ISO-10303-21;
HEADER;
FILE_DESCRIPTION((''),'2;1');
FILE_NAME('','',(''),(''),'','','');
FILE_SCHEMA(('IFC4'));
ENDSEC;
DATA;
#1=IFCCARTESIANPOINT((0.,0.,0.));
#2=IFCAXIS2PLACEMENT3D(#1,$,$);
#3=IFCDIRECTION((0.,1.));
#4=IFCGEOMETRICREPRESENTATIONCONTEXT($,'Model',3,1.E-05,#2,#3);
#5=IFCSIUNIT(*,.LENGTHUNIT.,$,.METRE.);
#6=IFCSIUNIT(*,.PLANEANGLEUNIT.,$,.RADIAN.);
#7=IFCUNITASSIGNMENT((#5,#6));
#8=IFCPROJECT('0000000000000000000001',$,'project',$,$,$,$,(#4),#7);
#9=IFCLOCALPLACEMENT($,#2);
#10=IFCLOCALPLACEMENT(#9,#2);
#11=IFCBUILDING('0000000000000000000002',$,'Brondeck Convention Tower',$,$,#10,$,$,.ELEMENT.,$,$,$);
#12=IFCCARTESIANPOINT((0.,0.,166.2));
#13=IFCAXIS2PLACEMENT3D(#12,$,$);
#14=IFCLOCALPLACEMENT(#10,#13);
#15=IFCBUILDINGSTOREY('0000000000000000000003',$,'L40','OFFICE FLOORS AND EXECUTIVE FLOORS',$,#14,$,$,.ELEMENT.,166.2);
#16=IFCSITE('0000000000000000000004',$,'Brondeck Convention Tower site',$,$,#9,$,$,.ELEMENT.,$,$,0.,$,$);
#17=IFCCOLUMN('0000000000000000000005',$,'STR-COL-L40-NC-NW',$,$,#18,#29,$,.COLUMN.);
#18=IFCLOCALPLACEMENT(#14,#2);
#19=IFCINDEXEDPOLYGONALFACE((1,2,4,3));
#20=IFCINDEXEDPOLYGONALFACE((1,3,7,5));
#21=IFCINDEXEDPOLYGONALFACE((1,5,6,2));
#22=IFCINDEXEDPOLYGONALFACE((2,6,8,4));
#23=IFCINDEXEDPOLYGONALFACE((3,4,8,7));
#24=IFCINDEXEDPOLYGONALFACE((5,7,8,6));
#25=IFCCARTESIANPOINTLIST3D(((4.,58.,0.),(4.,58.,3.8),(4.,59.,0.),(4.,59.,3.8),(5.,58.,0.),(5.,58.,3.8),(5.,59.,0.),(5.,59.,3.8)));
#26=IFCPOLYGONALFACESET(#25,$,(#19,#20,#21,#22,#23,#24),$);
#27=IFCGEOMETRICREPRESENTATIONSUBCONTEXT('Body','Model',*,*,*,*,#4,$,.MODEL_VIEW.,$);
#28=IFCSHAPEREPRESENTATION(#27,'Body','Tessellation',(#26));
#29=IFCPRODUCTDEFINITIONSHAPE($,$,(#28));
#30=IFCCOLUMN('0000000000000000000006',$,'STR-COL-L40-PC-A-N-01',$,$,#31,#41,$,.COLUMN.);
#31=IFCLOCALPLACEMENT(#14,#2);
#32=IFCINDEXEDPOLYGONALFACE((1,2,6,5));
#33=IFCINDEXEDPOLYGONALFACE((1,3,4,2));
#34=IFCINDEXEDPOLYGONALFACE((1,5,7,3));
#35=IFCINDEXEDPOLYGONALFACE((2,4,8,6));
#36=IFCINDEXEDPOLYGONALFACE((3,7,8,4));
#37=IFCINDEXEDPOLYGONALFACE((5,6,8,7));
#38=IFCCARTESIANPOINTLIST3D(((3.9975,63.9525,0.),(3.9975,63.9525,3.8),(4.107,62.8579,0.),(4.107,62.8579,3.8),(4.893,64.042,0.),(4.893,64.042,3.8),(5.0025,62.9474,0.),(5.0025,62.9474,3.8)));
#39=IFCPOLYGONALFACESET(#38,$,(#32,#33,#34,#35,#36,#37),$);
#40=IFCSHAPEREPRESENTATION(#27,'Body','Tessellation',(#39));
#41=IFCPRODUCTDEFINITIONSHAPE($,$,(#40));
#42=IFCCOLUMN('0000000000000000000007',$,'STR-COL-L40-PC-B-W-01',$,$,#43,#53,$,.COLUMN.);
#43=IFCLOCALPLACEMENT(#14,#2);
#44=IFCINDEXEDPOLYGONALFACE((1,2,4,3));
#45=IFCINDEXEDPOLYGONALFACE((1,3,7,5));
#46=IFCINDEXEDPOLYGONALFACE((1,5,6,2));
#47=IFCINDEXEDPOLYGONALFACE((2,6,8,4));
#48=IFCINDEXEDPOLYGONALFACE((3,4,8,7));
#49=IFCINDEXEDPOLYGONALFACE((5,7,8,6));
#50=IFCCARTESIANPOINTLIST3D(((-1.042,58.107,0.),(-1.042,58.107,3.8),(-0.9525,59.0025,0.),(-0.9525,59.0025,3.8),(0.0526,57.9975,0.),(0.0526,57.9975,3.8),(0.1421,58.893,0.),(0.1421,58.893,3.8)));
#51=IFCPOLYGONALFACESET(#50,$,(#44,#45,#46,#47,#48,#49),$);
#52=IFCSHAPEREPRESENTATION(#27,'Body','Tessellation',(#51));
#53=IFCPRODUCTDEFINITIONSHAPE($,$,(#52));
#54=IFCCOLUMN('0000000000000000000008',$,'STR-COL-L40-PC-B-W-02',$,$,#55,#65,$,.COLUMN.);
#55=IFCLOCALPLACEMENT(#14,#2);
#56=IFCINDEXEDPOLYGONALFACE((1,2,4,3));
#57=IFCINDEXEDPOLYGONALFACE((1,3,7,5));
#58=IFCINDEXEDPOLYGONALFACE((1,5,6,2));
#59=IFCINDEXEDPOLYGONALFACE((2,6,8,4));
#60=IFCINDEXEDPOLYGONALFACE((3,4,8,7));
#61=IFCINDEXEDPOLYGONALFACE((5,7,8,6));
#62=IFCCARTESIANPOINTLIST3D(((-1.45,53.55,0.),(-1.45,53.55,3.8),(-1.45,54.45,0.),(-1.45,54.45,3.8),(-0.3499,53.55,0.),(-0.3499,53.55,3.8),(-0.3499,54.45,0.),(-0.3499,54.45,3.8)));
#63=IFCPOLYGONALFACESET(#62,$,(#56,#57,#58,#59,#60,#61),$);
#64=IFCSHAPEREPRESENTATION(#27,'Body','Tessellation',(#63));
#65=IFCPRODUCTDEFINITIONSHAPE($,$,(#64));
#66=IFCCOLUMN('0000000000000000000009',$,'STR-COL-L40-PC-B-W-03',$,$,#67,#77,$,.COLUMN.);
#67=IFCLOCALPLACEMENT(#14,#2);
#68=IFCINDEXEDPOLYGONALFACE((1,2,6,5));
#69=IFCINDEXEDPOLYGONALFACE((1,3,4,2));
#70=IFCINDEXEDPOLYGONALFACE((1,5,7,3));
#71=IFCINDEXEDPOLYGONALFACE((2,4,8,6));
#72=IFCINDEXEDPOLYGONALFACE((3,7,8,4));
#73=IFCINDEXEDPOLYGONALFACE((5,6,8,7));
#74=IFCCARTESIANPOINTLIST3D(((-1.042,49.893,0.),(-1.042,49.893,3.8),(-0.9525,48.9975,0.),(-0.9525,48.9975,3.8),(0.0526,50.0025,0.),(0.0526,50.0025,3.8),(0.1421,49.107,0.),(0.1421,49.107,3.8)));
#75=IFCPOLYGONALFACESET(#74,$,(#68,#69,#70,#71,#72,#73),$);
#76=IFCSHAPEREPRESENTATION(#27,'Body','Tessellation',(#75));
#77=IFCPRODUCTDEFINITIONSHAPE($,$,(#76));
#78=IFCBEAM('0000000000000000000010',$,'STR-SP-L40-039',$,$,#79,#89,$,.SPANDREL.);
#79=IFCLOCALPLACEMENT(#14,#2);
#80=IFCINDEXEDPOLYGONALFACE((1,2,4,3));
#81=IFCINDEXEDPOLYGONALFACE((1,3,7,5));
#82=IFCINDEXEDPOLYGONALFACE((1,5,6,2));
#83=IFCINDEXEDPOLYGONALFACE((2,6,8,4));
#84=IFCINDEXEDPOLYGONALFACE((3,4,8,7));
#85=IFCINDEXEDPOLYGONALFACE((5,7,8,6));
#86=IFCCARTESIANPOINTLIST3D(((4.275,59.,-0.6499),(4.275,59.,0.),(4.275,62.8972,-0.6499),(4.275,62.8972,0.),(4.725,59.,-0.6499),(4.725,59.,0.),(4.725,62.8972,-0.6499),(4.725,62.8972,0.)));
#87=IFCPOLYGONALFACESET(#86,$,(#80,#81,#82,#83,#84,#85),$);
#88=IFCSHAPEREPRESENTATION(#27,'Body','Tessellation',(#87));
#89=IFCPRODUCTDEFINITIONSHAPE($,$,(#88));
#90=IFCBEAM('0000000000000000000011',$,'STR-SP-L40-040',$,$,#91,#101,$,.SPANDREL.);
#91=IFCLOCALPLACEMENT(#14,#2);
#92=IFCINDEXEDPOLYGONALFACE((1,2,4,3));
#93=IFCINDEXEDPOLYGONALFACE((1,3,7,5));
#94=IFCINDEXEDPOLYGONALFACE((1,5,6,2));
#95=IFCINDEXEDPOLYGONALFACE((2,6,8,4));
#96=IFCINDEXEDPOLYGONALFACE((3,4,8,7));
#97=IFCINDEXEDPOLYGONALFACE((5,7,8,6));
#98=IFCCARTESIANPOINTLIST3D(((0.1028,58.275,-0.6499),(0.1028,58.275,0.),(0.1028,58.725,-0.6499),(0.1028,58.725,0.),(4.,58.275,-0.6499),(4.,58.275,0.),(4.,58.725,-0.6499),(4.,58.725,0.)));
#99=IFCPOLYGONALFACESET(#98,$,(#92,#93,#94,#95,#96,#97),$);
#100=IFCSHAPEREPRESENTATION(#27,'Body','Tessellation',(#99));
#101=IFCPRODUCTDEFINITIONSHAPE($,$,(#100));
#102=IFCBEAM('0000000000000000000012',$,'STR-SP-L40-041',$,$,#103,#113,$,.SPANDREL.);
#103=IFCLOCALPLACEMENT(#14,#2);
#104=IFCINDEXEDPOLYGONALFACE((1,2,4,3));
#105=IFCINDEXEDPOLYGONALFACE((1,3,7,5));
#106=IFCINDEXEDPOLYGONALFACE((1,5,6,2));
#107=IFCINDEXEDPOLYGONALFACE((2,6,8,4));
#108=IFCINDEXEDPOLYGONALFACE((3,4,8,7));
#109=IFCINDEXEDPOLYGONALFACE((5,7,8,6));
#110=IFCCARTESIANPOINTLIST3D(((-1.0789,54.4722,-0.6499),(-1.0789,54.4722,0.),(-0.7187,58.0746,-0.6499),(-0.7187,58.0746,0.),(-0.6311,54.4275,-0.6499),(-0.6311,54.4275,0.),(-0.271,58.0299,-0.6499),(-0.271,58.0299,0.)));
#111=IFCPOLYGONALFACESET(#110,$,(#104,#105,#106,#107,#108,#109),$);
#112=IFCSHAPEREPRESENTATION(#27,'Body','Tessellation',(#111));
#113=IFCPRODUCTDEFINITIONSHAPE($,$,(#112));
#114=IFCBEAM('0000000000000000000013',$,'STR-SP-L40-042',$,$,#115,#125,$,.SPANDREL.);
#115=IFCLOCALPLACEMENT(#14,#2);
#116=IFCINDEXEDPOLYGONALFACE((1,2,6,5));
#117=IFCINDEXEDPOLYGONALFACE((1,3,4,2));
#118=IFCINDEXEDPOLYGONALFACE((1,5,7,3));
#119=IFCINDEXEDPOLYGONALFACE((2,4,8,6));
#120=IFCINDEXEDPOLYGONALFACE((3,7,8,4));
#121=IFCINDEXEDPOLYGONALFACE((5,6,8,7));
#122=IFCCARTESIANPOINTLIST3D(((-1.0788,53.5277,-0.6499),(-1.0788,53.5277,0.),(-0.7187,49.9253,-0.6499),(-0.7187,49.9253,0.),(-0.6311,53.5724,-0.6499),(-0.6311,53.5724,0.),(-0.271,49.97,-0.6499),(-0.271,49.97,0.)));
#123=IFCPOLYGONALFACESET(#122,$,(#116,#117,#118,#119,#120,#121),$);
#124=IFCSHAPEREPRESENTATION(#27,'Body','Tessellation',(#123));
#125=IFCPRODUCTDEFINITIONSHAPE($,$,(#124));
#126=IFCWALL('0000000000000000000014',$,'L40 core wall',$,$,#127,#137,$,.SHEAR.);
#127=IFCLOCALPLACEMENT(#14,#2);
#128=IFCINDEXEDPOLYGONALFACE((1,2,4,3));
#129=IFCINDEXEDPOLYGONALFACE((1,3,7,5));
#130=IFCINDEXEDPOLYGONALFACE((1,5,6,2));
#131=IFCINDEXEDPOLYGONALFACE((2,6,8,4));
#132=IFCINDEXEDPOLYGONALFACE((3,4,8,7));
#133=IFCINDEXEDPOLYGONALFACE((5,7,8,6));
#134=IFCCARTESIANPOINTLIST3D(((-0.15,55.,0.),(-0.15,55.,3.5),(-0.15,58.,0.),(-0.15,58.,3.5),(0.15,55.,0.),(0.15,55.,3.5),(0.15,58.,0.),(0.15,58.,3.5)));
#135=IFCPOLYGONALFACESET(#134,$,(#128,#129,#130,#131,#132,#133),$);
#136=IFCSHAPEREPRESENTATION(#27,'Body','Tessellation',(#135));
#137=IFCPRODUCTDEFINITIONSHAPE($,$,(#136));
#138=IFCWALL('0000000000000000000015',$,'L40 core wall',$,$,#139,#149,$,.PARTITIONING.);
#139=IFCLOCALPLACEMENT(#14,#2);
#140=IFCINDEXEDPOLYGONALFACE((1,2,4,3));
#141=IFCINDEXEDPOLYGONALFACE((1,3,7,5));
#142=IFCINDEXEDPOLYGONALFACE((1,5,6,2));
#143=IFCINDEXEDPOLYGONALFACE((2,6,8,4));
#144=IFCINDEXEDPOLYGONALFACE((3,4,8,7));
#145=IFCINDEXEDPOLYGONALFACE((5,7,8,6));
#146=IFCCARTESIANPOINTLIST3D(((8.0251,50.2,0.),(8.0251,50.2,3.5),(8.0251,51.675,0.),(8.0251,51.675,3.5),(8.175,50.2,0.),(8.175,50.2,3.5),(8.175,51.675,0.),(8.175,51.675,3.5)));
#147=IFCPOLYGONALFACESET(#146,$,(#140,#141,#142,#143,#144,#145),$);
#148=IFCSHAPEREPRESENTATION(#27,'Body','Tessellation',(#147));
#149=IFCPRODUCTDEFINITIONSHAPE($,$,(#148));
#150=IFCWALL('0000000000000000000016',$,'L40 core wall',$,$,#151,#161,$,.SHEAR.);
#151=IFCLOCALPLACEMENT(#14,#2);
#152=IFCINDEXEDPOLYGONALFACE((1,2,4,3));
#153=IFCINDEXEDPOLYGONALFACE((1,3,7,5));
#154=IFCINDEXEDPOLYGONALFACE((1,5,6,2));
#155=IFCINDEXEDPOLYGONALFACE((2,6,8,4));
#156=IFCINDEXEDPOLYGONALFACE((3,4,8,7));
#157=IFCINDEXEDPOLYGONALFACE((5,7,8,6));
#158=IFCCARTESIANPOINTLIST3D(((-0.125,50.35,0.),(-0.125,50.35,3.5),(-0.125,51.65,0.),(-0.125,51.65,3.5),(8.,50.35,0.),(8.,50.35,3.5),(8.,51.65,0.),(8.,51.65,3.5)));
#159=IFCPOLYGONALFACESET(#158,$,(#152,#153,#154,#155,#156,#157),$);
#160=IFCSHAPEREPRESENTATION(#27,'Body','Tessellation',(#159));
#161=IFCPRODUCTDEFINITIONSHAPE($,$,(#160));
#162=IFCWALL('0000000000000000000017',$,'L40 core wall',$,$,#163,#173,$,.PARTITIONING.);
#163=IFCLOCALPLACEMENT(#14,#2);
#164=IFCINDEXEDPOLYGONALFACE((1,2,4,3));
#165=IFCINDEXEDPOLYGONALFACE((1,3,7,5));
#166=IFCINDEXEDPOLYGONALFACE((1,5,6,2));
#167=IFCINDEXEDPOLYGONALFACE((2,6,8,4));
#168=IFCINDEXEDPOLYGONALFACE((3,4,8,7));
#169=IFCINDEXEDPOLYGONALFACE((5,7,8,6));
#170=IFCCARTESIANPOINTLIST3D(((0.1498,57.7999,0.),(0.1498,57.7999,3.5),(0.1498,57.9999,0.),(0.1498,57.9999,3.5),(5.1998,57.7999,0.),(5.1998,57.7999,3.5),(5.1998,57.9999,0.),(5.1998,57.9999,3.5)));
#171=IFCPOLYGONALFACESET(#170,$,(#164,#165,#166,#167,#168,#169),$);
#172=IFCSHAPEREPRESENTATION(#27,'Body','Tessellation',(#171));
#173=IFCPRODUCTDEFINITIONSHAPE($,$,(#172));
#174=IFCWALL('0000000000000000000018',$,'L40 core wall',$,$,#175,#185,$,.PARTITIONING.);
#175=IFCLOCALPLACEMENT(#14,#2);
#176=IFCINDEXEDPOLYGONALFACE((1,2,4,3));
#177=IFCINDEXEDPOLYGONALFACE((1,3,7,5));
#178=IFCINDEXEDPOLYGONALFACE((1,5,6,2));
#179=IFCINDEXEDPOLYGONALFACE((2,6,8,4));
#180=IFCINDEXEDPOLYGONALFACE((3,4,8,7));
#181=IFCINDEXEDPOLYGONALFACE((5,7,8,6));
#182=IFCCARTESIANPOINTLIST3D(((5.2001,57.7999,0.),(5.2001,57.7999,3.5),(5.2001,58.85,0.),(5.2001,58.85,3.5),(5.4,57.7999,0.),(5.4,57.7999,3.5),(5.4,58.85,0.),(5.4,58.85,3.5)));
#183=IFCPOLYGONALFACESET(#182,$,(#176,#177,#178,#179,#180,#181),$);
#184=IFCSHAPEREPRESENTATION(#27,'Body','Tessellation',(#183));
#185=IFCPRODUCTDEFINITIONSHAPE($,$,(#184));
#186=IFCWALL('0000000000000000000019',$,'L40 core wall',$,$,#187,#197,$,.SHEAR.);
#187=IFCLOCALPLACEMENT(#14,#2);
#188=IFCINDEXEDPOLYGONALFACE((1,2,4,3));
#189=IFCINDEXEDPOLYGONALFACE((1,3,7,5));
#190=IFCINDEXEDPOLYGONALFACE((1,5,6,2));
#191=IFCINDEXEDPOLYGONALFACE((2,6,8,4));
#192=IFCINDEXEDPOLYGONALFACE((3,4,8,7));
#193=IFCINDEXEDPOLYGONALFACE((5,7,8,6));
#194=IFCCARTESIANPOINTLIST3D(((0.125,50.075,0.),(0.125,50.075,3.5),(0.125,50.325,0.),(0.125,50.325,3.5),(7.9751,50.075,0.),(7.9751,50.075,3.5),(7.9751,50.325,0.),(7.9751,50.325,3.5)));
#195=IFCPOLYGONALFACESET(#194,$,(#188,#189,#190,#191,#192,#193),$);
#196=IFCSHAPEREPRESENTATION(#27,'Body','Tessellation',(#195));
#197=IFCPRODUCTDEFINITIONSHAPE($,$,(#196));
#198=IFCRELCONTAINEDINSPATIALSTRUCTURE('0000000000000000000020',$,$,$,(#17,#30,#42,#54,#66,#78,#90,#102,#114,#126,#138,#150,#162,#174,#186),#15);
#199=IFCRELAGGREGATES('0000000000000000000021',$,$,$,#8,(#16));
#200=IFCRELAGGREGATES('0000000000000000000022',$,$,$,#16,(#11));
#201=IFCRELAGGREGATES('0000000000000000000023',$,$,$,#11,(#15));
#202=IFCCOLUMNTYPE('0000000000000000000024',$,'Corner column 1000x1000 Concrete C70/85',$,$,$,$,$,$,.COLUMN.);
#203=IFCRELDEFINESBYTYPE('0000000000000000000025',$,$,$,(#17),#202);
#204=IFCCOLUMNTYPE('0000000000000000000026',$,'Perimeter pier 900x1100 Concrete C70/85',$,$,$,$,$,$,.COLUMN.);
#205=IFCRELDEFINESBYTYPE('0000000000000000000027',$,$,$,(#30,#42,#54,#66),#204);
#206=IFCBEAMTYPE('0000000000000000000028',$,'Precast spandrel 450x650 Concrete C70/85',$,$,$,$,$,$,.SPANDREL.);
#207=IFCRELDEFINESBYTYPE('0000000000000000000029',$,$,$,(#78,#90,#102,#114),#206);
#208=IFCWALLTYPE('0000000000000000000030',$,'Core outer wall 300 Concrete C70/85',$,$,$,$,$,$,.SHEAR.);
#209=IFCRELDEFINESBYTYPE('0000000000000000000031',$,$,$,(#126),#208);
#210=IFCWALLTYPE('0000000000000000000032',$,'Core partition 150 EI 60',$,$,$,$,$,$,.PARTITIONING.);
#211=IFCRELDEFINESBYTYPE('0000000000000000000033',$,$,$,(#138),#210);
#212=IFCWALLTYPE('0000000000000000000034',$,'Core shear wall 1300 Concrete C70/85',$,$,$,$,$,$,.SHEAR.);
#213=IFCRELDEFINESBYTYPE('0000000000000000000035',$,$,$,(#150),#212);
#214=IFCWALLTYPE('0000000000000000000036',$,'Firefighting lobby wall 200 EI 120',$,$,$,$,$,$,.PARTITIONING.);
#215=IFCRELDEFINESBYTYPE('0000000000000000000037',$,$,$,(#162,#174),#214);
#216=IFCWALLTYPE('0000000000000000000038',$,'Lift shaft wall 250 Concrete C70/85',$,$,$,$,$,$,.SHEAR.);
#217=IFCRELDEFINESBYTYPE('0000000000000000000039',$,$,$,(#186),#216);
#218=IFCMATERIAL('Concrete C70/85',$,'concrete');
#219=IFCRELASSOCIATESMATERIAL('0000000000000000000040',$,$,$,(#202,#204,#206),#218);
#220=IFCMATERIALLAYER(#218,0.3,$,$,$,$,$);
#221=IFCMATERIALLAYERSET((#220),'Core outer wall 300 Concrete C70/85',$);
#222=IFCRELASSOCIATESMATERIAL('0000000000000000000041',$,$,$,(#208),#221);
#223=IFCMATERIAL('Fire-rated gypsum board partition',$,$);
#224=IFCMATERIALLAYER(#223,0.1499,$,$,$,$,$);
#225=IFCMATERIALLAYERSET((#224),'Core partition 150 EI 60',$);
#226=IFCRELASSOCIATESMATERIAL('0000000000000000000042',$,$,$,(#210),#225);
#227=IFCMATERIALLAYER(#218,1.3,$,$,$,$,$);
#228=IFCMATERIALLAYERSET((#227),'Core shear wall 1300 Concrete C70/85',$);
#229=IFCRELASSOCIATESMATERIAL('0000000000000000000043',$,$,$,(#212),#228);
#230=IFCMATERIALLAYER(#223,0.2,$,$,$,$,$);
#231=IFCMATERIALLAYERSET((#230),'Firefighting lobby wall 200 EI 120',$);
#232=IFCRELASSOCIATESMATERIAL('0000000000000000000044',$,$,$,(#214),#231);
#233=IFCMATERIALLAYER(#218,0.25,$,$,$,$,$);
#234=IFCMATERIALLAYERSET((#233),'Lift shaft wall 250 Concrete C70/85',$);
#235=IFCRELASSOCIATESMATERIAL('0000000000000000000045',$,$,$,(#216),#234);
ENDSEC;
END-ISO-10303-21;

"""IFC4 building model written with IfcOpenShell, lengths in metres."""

from ifc_helpers import new_model, si_unit, direction, frame, frame_2d, origin, origin_2d, place, context, subcontext, project, spatial, rectangle, extrude, material, layer, layer_set, material_profile, profile_set, type_object, element, save


model = new_model("IFC4")

# Units and contexts
model_context = context("Model", 3, precision=1e-05, world=origin(), true_north=direction((0.0, 1.0)))
body_context = subcontext(model_context, "Body", "Model", "MODEL_VIEW")
ifc_project = project(units=[si_unit("LENGTHUNIT", "METRE"), si_unit("PLANEANGLEUNIT", "RADIAN")], contexts=[model_context])

# Site, building, storey
site_placement = place(None, origin())
site = spatial("IfcSite", under=ifc_project, at=site_placement, Name="Brondeck Convention Tower site", CompositionType="ELEMENT", RefElevation=0.0)
building_placement = place(site_placement, origin())
building = spatial("IfcBuilding", under=site, at=building_placement, Name="Brondeck Convention Tower", CompositionType="ELEMENT")
storey_placement = place(building_placement, frame((0.0, 0.0, 166.2)))
storey = spatial("IfcBuildingStorey", under=building, at=storey_placement, Name="L40", Description="OFFICE FLOORS AND EXECUTIVE FLOORS", CompositionType="ELEMENT", Elevation=166.2)

# Columns
ifc_material_1 = material(Name="Concrete C70/85", Category="concrete")
ifc_material_profile_1 = material_profile(ifc_material_1, rectangle(XDim=1.0, YDim=1.0, at=origin_2d()), Name="Corner column 1000x1000 Concrete C70/85")
ifc_profile_set_1 = profile_set([ifc_material_profile_1], Name="Concrete C70/85")
column_type_1 = type_object("IfcColumnType", Name="Corner column 1000x1000 Concrete C70/85", PredefinedType="COLUMN", material=ifc_profile_set_1)
column_placement = place(storey_placement, frame((4.5, 58.5, 0.0), z_axis=(0.0, 0.0, 1.0), x_axis=(1.0, 0.0, 0.0)))
element("IfcColumn", 1, at=column_placement, inside=storey, type_object=column_type_1, Name="STR-COL-L40-NC-NW", PredefinedType="COLUMN", context=body_context, shape_type="SweptSolid", body=[
    extrude(rectangle(XDim=1.0, YDim=1.0, at=origin_2d()), origin(), (0.0, 0.0, 1.0), 3.8),
])
ifc_material_profile_2 = material_profile(ifc_material_1, rectangle(XDim=0.8999, YDim=1.1001, at=origin_2d()), Name="Perimeter pier 900x1100 Concrete C70/85")
ifc_profile_set_2 = profile_set([ifc_material_profile_2], Name="Concrete C70/85")
column_type_2 = type_object("IfcColumnType", Name="Perimeter pier 900x1100 Concrete C70/85", PredefinedType="COLUMN", material=ifc_profile_set_2)
for number, where, z_axis, x_axis, name in (
    (2, (4.5, 63.45, 0.0), (0.0, 0.0, 1.0), (-0.995037, -0.099504, 0.0), "STR-COL-L40-PC-A-N-01"),
    (3, (-0.45, 58.5, 0.0), (0.0, 0.0, 1.0), (-0.099504, -0.995037, 0.0), "STR-COL-L40-PC-B-W-01"),
    (4, (-0.8999, 54.0, 0.0), (0.0, 0.0, 1.0), (0.0, -1.0, 0.0), "STR-COL-L40-PC-B-W-02"),
    (5, (-0.45, 49.5, 0.0), (0.0, 0.0, 1.0), (0.099504, -0.995037, 0.0), "STR-COL-L40-PC-B-W-03"),
):
    element("IfcColumn", number, at=place(storey_placement, frame(where, z_axis=z_axis, x_axis=x_axis)), inside=storey, type_object=column_type_2, Name=name, PredefinedType="COLUMN", context=body_context, shape_type="SweptSolid", body=[
        extrude(rectangle(XDim=0.8999, YDim=1.1001, at=origin_2d()), origin(), (0.0, 0.0, 1.0), 3.8),
    ])

# Beams
ifc_material_profile_3 = material_profile(ifc_material_1, rectangle(XDim=0.45, YDim=0.6499, at=origin_2d()), Name="Precast spandrel 450x650 Concrete C70/85")
ifc_profile_set_3 = profile_set([ifc_material_profile_3], Name="Concrete C70/85")
beam_type = type_object("IfcBeamType", Name="Precast spandrel 450x650 Concrete C70/85", PredefinedType="SPANDREL", material=ifc_profile_set_3)
for number, where, z_axis, x_axis, name in (
    (6, (4.5, 62.8972, -0.325), (0.0, -1.0, 0.0), (1.0, 0.0, 0.0), "STR-SP-L40-039"),
    (7, (4.0, 58.5, -0.325), (-1.0, 0.0, 0.0), (0.0, -1.0, 0.0), "STR-SP-L40-040"),
):
    element("IfcBeam", number, at=place(storey_placement, frame(where, z_axis=z_axis, x_axis=x_axis)), inside=storey, type_object=beam_type, Name=name, PredefinedType="SPANDREL", context=body_context, shape_type="SweptSolid", body=[
        extrude(rectangle(XDim=0.45, YDim=0.6499, at=origin_2d()), origin(), (0.0, 0.0, 1.0), 3.8972),
    ])
for number, where, z_axis, x_axis, name in (
    (8, (-0.4949, 58.0522, -0.325), (-0.09947, -0.995041, 0.0), (0.995041, -0.09947, 0.0), "STR-SP-L40-041"),
    (9, (-0.855, 53.55, -0.325), (0.09947, -0.995041, 0.0), (0.995041, 0.09947, 0.0), "STR-SP-L40-042"),
):
    element("IfcBeam", number, at=place(storey_placement, frame(where, z_axis=z_axis, x_axis=x_axis)), inside=storey, type_object=beam_type, Name=name, PredefinedType="SPANDREL", context=body_context, shape_type="SweptSolid", body=[
        extrude(rectangle(XDim=0.45, YDim=0.6499, at=origin_2d()), origin(), (0.0, 0.0, 1.0), 3.6204),
    ])

# Walls
ifc_layer_1 = layer(ifc_material_1, 0.3)
ifc_layer_set_1 = layer_set([ifc_layer_1], Name="Core outer wall 300 Concrete C70/85")
wall_type_1 = type_object("IfcWallType", Name="Core outer wall 300 Concrete C70/85", PredefinedType="SHEAR", material=ifc_layer_set_1)
wall_1_placement = place(storey_placement, frame((0.0, 55.0, 0.0), z_axis=(0.0, 0.0, 1.0), x_axis=(0.0, 1.0, 0.0)))
element("IfcWall", 10, at=wall_1_placement, inside=storey, type_object=wall_type_1, Name="L40 core wall", PredefinedType="SHEAR", context=body_context, shape_type="SweptSolid", body=[
    extrude(rectangle(XDim=3.0, YDim=0.3, at=frame_2d((1.5, 0.0))), origin(), (0.0, 0.0, 1.0), 3.5),
])
ifc_material_2 = material(Name="Fire-rated gypsum board partition")
ifc_layer_2 = layer(ifc_material_2, 0.1499)
ifc_layer_set_2 = layer_set([ifc_layer_2], Name="Core partition 150 EI 60")
wall_type_2 = type_object("IfcWallType", Name="Core partition 150 EI 60", PredefinedType="PARTITIONING", material=ifc_layer_set_2)
wall_2_placement = place(storey_placement, frame((8.1001, 50.2, 0.0), z_axis=(0.0, 0.0, 1.0), x_axis=(0.0, 1.0, 0.0)))
element("IfcWall", 11, at=wall_2_placement, inside=storey, type_object=wall_type_2, Name="L40 core wall", PredefinedType="PARTITIONING", context=body_context, shape_type="SweptSolid", body=[
    extrude(rectangle(XDim=1.4751, YDim=0.1499, at=frame_2d((0.7375, 0.0))), origin(), (0.0, 0.0, 1.0), 3.5),
])
ifc_layer_3 = layer(ifc_material_1, 1.3)
ifc_layer_set_3 = layer_set([ifc_layer_3], Name="Core shear wall 1300 Concrete C70/85")
wall_type_3 = type_object("IfcWallType", Name="Core shear wall 1300 Concrete C70/85", PredefinedType="SHEAR", material=ifc_layer_set_3)
wall_3_placement = place(storey_placement, frame((-0.125, 51.0, 0.0), z_axis=(0.0, 0.0, 1.0), x_axis=(1.0, 0.0, 0.0)))
element("IfcWall", 12, at=wall_3_placement, inside=storey, type_object=wall_type_3, Name="L40 core wall", PredefinedType="SHEAR", context=body_context, shape_type="SweptSolid", body=[
    extrude(rectangle(XDim=8.125, YDim=1.3, at=frame_2d((4.0625, 0.0))), origin(), (0.0, 0.0, 1.0), 3.5),
])
ifc_layer_4 = layer(ifc_material_2, 0.2)
ifc_layer_set_4 = layer_set([ifc_layer_4], Name="Firefighting lobby wall 200 EI 120")
wall_type_4 = type_object("IfcWallType", Name="Firefighting lobby wall 200 EI 120", PredefinedType="PARTITIONING", material=ifc_layer_set_4)
wall_4_placement = place(storey_placement, frame((0.1499, 57.8999, 0.0), z_axis=(0.0, 0.0, 1.0), x_axis=(1.0, 0.0, 0.0)))
element("IfcWall", 13, at=wall_4_placement, inside=storey, type_object=wall_type_4, Name="L40 core wall", PredefinedType="PARTITIONING", context=body_context, shape_type="SweptSolid", body=[
    extrude(rectangle(XDim=5.05, YDim=0.2, at=frame_2d((2.5249, 0.0))), origin(), (0.0, 0.0, 1.0), 3.5),
])
wall_5_placement = place(storey_placement, frame((5.3, 57.8, 0.0), z_axis=(0.0, 0.0, 1.0), x_axis=(0.0, 1.0, 0.0)))
element("IfcWall", 14, at=wall_5_placement, inside=storey, type_object=wall_type_4, Name="L40 core wall", PredefinedType="PARTITIONING", context=body_context, shape_type="SweptSolid", body=[
    extrude(rectangle(XDim=1.05, YDim=0.2, at=frame_2d((0.5249, 0.0))), origin(), (0.0, 0.0, 1.0), 3.5),
])
ifc_layer_5 = layer(ifc_material_1, 0.25)
ifc_layer_set_5 = layer_set([ifc_layer_5], Name="Lift shaft wall 250 Concrete C70/85")
wall_type_5 = type_object("IfcWallType", Name="Lift shaft wall 250 Concrete C70/85", PredefinedType="SHEAR", material=ifc_layer_set_5)
for number, where, z_axis, x_axis, name in (
    (15, (0.125, 50.2, 0.0), (0.0, 0.0, 1.0), (1.0, 0.0, 0.0), "L40 core wall"),
):
    element("IfcWall", number, at=place(storey_placement, frame(where, z_axis=z_axis, x_axis=x_axis)), inside=storey, type_object=wall_type_5, Name=name, PredefinedType="SHEAR", context=body_context, shape_type="SweptSolid", body=[
        extrude(rectangle(XDim=7.8501, YDim=0.25, at=frame_2d((3.925, 0.0))), origin(), (0.0, 0.0, 1.0), 3.5),
    ])

save(model, "model.ifc")
